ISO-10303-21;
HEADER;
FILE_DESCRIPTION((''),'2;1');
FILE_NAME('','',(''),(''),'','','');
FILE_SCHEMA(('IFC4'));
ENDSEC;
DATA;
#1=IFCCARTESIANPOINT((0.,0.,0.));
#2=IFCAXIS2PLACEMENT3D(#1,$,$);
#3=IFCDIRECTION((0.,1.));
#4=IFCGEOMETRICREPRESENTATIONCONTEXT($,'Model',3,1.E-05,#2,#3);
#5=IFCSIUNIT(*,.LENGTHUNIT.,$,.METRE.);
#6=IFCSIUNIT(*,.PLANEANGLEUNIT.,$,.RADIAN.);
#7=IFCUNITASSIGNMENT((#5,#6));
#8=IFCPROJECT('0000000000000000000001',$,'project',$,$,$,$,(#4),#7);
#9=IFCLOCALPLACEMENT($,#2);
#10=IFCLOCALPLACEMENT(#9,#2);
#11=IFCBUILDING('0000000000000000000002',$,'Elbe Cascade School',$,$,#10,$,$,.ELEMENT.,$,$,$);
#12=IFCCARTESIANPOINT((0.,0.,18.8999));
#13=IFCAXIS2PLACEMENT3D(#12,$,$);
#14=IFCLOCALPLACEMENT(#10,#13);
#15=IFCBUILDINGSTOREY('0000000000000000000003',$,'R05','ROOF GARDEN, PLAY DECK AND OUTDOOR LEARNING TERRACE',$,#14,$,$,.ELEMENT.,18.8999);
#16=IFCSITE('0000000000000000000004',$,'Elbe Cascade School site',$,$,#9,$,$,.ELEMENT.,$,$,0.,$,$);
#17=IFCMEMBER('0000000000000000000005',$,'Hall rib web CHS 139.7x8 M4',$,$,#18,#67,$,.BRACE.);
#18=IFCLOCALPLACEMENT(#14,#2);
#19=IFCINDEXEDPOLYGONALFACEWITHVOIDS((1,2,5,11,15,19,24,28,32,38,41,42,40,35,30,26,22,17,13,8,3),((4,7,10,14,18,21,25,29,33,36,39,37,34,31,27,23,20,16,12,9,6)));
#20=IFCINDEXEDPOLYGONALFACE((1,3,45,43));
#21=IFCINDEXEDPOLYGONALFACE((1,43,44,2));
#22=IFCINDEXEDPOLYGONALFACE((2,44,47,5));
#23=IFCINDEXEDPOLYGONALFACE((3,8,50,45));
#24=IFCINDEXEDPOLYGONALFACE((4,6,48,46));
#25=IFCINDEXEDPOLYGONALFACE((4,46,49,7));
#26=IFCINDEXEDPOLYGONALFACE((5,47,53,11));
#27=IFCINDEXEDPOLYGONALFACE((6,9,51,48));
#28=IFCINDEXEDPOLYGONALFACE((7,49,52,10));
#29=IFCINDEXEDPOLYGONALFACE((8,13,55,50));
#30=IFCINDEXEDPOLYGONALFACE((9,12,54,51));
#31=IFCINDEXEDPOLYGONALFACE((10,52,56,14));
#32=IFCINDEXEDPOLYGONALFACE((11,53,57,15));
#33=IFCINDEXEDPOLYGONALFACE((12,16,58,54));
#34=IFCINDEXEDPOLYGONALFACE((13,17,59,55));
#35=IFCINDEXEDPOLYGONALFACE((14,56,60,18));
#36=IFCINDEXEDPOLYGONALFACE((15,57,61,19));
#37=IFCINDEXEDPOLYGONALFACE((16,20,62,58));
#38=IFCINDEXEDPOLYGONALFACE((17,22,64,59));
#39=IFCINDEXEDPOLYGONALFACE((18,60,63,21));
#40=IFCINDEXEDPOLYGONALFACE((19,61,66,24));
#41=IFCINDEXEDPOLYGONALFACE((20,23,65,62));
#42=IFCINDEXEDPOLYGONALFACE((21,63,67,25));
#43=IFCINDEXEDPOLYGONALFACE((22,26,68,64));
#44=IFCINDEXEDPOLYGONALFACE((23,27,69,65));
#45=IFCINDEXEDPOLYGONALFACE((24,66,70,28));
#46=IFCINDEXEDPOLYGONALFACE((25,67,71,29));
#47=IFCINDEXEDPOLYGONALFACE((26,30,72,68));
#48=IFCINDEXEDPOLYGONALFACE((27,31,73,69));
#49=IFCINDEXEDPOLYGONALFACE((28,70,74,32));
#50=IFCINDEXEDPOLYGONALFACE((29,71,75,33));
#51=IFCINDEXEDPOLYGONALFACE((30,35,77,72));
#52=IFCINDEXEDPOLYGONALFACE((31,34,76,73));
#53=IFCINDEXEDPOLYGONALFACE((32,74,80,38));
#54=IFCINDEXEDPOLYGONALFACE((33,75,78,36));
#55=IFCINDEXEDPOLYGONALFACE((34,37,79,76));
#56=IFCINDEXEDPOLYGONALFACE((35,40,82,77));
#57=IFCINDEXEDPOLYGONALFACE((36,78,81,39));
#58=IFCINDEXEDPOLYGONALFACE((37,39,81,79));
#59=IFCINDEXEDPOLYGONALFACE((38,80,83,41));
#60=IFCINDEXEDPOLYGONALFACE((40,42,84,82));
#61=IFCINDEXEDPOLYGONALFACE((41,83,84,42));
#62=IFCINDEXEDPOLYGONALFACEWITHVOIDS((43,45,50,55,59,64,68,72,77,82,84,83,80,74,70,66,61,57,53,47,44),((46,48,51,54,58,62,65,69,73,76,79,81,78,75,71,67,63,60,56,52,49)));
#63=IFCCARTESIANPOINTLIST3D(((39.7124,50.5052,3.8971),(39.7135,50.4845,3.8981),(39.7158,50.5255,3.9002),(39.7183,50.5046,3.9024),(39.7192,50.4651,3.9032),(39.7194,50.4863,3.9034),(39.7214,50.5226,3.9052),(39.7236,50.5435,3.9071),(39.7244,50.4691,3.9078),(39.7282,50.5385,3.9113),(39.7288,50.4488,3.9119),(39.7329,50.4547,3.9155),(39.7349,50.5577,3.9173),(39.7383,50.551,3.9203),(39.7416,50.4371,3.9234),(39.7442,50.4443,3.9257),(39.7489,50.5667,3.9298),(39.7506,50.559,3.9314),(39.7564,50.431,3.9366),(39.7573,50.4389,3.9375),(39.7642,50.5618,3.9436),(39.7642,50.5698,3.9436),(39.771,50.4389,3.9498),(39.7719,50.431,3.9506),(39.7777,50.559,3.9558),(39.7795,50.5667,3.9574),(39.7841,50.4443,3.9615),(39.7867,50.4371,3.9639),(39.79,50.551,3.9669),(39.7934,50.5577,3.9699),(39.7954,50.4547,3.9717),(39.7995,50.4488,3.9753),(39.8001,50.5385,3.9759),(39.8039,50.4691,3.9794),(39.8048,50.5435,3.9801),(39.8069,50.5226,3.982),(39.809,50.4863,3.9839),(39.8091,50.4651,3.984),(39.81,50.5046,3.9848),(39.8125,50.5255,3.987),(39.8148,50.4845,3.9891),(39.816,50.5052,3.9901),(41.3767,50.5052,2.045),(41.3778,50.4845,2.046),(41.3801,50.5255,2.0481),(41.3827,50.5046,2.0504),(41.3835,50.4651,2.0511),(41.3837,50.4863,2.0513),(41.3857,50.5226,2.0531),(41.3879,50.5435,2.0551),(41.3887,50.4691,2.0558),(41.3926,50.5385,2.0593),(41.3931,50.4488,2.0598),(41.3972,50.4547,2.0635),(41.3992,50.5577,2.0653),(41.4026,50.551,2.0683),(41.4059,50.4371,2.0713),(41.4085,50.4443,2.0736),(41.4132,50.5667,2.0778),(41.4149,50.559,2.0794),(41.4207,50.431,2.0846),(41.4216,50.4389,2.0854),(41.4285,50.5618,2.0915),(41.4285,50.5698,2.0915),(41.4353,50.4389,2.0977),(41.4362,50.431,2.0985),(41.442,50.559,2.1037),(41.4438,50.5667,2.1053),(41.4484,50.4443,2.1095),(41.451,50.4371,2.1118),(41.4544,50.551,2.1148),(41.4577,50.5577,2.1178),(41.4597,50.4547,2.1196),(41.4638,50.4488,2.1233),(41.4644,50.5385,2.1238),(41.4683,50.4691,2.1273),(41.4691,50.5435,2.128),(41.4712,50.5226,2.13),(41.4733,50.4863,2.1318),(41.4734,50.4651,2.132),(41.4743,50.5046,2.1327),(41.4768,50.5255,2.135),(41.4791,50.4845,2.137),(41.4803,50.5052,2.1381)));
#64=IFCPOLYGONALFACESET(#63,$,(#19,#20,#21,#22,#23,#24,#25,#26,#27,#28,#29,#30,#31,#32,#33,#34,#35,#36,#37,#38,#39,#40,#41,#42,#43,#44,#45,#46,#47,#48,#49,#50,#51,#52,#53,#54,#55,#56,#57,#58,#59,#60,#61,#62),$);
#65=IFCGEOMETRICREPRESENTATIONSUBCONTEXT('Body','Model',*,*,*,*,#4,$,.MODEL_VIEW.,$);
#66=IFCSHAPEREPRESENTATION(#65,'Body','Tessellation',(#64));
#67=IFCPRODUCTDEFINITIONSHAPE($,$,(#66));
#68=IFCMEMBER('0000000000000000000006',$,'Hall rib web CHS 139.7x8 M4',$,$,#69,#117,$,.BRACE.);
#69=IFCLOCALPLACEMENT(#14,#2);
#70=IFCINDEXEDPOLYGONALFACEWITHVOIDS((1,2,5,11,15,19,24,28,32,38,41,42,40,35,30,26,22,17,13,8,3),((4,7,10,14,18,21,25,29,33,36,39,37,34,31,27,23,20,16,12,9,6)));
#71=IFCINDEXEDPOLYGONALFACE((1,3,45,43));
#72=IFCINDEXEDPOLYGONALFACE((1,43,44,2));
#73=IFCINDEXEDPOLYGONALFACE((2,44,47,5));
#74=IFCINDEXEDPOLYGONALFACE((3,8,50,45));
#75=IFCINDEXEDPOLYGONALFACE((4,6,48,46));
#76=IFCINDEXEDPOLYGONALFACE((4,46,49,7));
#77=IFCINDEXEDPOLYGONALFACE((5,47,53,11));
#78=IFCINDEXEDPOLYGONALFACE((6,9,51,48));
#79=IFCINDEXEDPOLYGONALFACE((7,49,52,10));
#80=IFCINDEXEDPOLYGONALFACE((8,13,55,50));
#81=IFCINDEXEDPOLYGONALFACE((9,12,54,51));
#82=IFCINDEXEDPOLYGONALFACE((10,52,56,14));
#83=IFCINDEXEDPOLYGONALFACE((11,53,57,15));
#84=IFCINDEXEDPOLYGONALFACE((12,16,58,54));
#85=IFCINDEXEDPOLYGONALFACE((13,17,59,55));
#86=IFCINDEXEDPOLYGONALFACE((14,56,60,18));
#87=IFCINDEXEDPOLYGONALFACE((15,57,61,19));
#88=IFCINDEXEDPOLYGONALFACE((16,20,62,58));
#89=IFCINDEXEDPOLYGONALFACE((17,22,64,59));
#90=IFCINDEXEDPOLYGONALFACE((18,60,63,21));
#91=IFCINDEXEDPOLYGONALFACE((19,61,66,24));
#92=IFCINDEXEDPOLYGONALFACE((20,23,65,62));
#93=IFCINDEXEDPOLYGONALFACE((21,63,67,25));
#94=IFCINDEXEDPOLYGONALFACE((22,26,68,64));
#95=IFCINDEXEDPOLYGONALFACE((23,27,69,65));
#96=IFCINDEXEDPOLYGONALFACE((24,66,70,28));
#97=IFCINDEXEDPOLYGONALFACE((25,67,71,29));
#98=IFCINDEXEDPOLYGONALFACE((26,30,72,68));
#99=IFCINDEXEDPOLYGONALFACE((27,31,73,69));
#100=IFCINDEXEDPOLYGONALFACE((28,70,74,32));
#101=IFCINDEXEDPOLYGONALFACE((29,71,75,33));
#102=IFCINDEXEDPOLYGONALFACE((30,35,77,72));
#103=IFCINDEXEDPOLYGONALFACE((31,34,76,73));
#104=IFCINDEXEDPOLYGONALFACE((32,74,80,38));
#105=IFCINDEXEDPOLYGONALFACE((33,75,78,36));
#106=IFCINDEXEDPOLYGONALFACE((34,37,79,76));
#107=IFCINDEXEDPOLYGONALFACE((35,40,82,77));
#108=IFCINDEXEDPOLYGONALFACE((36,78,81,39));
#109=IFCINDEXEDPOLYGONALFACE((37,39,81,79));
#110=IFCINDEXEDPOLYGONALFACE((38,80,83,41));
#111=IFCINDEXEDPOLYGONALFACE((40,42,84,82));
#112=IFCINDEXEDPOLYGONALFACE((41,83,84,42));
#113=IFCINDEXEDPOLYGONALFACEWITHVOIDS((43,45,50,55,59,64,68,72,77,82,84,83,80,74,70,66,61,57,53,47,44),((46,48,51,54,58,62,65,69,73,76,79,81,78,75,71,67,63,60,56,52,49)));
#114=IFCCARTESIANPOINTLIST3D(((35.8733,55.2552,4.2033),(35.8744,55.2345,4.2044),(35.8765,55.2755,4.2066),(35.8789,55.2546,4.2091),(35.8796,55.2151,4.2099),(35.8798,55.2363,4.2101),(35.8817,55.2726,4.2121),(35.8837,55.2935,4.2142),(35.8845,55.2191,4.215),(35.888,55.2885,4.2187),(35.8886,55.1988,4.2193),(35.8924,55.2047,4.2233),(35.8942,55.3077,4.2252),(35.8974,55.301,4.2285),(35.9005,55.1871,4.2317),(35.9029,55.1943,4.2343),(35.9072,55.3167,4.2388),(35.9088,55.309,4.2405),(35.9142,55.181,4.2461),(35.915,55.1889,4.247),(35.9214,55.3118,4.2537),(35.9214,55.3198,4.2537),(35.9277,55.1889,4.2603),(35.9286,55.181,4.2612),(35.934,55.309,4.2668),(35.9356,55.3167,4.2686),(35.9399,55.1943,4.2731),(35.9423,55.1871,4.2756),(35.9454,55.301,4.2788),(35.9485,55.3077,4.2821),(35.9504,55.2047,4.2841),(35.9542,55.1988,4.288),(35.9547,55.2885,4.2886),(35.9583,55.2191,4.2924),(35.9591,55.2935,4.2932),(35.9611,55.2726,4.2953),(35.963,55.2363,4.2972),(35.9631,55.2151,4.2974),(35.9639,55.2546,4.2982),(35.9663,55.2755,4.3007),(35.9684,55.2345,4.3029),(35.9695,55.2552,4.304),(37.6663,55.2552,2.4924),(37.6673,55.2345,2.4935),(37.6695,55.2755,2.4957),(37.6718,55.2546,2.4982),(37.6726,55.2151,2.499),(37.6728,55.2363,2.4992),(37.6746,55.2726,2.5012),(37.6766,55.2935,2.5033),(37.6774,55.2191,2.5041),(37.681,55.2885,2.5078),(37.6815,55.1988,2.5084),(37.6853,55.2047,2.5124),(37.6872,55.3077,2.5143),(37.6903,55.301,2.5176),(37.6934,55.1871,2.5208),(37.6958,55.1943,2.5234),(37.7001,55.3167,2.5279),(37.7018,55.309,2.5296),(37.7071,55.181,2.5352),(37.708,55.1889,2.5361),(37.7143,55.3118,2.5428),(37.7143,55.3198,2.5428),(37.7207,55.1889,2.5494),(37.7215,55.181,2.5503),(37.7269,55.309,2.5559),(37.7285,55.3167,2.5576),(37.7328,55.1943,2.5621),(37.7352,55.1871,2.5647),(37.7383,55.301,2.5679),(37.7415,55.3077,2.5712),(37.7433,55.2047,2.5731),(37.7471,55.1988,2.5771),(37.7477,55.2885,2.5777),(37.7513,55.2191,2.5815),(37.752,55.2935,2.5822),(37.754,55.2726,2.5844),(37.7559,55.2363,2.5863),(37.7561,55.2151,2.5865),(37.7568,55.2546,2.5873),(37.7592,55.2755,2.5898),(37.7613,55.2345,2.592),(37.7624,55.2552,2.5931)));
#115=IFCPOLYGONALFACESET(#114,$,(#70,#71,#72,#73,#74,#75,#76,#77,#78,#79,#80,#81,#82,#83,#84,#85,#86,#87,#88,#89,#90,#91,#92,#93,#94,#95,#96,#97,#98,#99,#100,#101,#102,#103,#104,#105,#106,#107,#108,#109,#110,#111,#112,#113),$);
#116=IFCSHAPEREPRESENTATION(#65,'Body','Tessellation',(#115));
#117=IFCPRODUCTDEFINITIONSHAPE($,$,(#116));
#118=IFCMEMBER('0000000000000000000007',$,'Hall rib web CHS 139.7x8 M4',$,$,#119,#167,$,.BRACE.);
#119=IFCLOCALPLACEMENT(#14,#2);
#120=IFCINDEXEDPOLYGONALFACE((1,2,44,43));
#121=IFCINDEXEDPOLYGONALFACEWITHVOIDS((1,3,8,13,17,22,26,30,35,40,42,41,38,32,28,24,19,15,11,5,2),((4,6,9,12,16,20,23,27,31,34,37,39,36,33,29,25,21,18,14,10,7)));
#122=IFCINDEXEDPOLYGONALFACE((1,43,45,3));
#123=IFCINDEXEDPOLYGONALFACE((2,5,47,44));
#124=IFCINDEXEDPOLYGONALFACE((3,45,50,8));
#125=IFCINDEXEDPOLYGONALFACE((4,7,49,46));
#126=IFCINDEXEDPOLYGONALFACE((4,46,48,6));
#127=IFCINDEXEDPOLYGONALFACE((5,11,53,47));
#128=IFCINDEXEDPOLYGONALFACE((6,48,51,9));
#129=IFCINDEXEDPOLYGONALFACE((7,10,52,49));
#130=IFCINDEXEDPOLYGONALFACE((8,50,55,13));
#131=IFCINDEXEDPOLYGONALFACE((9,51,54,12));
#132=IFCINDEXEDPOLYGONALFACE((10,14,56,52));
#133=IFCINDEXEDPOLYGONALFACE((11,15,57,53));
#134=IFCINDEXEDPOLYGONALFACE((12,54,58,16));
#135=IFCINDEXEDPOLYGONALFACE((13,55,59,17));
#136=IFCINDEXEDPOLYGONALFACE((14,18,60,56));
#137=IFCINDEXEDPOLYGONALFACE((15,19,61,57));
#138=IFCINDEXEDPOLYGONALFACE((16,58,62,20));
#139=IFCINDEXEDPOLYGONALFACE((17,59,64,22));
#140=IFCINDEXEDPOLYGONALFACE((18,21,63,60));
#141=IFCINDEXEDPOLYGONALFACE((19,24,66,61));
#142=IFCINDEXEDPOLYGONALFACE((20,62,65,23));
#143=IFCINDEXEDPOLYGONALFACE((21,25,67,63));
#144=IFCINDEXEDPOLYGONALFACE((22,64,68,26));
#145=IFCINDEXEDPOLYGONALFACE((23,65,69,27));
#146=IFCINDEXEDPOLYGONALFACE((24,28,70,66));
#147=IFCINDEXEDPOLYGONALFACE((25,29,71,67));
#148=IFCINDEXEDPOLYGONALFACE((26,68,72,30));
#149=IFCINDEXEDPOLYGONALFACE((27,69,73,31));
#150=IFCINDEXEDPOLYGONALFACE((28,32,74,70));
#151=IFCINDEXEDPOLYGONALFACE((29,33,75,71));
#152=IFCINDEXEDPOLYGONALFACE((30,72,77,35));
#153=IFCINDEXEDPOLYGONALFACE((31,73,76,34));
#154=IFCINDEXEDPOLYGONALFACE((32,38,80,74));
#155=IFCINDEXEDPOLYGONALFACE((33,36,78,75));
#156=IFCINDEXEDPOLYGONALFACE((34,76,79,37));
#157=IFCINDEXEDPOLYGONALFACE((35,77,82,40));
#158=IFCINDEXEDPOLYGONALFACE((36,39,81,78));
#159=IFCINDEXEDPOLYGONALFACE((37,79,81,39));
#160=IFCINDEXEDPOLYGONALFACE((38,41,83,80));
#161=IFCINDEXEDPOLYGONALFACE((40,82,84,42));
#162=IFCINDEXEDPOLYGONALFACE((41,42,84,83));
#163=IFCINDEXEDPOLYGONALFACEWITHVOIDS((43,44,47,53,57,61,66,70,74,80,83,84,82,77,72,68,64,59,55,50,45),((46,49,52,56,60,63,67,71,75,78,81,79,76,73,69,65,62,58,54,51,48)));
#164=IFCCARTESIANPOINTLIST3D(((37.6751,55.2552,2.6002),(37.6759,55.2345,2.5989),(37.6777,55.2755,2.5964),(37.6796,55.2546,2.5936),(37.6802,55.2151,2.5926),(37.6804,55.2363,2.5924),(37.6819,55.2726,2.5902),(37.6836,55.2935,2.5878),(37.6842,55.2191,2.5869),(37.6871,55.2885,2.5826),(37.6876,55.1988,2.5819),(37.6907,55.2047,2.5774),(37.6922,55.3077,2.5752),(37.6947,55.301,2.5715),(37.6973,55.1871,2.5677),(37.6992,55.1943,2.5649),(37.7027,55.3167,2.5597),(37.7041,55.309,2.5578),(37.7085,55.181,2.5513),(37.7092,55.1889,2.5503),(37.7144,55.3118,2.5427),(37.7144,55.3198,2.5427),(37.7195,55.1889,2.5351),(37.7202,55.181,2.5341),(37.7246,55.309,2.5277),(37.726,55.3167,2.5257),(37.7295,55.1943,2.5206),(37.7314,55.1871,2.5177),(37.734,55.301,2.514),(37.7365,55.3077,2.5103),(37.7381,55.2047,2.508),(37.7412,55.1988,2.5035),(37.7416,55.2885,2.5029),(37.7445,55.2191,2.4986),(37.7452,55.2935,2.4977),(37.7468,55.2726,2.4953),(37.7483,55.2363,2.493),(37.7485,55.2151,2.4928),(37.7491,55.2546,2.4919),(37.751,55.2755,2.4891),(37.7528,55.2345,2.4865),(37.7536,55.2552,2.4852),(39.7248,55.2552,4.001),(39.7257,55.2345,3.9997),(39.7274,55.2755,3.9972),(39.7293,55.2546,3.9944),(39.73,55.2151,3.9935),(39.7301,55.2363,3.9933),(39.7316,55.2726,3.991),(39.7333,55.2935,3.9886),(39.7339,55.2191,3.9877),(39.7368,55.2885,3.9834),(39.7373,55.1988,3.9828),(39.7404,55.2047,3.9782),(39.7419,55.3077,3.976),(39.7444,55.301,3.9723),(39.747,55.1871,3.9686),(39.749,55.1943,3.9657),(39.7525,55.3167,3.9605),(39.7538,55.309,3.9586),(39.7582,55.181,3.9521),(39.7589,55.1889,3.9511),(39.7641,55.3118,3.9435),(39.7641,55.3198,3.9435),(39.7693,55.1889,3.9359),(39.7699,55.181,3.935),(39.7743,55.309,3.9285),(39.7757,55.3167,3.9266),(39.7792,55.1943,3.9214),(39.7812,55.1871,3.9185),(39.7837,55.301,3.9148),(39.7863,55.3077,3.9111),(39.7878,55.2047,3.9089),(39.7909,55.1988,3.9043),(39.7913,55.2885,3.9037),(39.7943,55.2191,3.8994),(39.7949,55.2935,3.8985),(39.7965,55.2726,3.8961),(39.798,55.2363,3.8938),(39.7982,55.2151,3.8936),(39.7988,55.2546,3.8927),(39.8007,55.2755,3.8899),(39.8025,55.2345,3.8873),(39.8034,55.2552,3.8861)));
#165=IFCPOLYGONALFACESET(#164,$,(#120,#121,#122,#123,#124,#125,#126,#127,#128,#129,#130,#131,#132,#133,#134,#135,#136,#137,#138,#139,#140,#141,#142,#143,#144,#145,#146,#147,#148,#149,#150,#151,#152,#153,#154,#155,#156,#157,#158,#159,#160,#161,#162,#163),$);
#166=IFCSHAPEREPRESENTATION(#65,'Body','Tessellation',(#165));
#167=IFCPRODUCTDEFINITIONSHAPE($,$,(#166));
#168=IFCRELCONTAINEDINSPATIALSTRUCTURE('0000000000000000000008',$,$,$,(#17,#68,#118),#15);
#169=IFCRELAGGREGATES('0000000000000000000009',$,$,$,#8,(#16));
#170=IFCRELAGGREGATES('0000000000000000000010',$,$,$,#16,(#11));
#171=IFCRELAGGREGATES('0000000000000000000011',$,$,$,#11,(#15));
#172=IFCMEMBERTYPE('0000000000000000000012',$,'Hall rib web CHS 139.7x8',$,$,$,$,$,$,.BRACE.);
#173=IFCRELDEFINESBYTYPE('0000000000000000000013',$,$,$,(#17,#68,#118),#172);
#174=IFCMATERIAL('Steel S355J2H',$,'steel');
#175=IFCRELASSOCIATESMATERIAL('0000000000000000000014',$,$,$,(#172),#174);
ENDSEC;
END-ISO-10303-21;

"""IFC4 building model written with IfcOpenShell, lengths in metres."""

from ifc_helpers import new_model, si_unit, direction, frame, origin, origin_2d, place, context, subcontext, project, spatial, hollow_circle, extrude, material, material_profile, profile_set, type_object, element, save


model = new_model("IFC4")

# Units and contexts
model_context = context("Model", 3, precision=1e-05, world=origin(), true_north=direction((0.0, 1.0)))
body_context = subcontext(model_context, "Body", "Model", "MODEL_VIEW")
ifc_project = project(units=[si_unit("LENGTHUNIT", "METRE"), si_unit("PLANEANGLEUNIT", "RADIAN")], contexts=[model_context])

# Site, building, storey
site_placement = place(None, origin())
site = spatial("IfcSite", under=ifc_project, at=site_placement, Name="Elbe Cascade School site", CompositionType="ELEMENT", RefElevation=0.0)
building_placement = place(site_placement, origin())
building = spatial("IfcBuilding", under=site, at=building_placement, Name="Elbe Cascade School", CompositionType="ELEMENT")
storey_placement = place(building_placement, frame((0.0, 0.0, 18.8999)))
storey = spatial("IfcBuildingStorey", under=building, at=storey_placement, Name="R05", Description="ROOF GARDEN, PLAY DECK AND OUTDOOR LEARNING TERRACE", CompositionType="ELEMENT", Elevation=18.8999)

# Members
ifc_material_1 = material(Name="Steel S355J2H", Category="steel")
ifc_material_profile_1 = material_profile(ifc_material_1, hollow_circle(Radius=0.0698, WallThickness=0.0081, at=origin_2d()), Name="CHS 139.7x8")
ifc_profile_set_1 = profile_set([ifc_material_profile_1], Name="Steel S355J2H")
member_type_1 = type_object("IfcMemberType", Name="Hall rib web CHS 139.7x8", PredefinedType="BRACE", material=ifc_profile_set_1)
member_1_placement = place(storey_placement, frame((39.7642, 50.5, 3.9436), z_axis=(0.668401, 0.0, -0.743801), x_axis=(0.0, 1.0, 0.0)))
element("IfcMember", 1, at=member_1_placement, inside=storey, type_object=member_type_1, Name="Hall rib web CHS 139.7x8 M4", PredefinedType="BRACE", context=body_context, shape_type="SweptSolid", body=[
    extrude(hollow_circle(Radius=0.0698, WallThickness=0.0081, at=origin_2d()), origin(), (0.0, 0.0, 1.0), 2.49),
])
member_2_placement = place(storey_placement, frame((35.9214, 55.25, 4.2537), z_axis=(0.723463, 0.0, -0.690363), x_axis=(0.0, 1.0, 0.0)))
element("IfcMember", 2, at=member_2_placement, inside=storey, type_object=member_type_1, Name="Hall rib web CHS 139.7x8 M4", PredefinedType="BRACE", context=body_context, shape_type="SweptSolid", body=[
    extrude(hollow_circle(Radius=0.0698, WallThickness=0.0081, at=origin_2d()), origin(), (0.0, 0.0, 1.0), 2.4783),
])
member_3_placement = place(storey_placement, frame((37.7144, 55.25, 2.5427), z_axis=(0.825611, 0.0, 0.56424), x_axis=(0.0, 1.0, 0.0)))
element("IfcMember", 3, at=member_3_placement, inside=storey, type_object=member_type_1, Name="Hall rib web CHS 139.7x8 M4", PredefinedType="BRACE", context=body_context, shape_type="SweptSolid", body=[
    extrude(hollow_circle(Radius=0.0698, WallThickness=0.0081, at=origin_2d()), origin(), (0.0, 0.0, 1.0), 2.4827),
])

save(model, "model.ifc")
